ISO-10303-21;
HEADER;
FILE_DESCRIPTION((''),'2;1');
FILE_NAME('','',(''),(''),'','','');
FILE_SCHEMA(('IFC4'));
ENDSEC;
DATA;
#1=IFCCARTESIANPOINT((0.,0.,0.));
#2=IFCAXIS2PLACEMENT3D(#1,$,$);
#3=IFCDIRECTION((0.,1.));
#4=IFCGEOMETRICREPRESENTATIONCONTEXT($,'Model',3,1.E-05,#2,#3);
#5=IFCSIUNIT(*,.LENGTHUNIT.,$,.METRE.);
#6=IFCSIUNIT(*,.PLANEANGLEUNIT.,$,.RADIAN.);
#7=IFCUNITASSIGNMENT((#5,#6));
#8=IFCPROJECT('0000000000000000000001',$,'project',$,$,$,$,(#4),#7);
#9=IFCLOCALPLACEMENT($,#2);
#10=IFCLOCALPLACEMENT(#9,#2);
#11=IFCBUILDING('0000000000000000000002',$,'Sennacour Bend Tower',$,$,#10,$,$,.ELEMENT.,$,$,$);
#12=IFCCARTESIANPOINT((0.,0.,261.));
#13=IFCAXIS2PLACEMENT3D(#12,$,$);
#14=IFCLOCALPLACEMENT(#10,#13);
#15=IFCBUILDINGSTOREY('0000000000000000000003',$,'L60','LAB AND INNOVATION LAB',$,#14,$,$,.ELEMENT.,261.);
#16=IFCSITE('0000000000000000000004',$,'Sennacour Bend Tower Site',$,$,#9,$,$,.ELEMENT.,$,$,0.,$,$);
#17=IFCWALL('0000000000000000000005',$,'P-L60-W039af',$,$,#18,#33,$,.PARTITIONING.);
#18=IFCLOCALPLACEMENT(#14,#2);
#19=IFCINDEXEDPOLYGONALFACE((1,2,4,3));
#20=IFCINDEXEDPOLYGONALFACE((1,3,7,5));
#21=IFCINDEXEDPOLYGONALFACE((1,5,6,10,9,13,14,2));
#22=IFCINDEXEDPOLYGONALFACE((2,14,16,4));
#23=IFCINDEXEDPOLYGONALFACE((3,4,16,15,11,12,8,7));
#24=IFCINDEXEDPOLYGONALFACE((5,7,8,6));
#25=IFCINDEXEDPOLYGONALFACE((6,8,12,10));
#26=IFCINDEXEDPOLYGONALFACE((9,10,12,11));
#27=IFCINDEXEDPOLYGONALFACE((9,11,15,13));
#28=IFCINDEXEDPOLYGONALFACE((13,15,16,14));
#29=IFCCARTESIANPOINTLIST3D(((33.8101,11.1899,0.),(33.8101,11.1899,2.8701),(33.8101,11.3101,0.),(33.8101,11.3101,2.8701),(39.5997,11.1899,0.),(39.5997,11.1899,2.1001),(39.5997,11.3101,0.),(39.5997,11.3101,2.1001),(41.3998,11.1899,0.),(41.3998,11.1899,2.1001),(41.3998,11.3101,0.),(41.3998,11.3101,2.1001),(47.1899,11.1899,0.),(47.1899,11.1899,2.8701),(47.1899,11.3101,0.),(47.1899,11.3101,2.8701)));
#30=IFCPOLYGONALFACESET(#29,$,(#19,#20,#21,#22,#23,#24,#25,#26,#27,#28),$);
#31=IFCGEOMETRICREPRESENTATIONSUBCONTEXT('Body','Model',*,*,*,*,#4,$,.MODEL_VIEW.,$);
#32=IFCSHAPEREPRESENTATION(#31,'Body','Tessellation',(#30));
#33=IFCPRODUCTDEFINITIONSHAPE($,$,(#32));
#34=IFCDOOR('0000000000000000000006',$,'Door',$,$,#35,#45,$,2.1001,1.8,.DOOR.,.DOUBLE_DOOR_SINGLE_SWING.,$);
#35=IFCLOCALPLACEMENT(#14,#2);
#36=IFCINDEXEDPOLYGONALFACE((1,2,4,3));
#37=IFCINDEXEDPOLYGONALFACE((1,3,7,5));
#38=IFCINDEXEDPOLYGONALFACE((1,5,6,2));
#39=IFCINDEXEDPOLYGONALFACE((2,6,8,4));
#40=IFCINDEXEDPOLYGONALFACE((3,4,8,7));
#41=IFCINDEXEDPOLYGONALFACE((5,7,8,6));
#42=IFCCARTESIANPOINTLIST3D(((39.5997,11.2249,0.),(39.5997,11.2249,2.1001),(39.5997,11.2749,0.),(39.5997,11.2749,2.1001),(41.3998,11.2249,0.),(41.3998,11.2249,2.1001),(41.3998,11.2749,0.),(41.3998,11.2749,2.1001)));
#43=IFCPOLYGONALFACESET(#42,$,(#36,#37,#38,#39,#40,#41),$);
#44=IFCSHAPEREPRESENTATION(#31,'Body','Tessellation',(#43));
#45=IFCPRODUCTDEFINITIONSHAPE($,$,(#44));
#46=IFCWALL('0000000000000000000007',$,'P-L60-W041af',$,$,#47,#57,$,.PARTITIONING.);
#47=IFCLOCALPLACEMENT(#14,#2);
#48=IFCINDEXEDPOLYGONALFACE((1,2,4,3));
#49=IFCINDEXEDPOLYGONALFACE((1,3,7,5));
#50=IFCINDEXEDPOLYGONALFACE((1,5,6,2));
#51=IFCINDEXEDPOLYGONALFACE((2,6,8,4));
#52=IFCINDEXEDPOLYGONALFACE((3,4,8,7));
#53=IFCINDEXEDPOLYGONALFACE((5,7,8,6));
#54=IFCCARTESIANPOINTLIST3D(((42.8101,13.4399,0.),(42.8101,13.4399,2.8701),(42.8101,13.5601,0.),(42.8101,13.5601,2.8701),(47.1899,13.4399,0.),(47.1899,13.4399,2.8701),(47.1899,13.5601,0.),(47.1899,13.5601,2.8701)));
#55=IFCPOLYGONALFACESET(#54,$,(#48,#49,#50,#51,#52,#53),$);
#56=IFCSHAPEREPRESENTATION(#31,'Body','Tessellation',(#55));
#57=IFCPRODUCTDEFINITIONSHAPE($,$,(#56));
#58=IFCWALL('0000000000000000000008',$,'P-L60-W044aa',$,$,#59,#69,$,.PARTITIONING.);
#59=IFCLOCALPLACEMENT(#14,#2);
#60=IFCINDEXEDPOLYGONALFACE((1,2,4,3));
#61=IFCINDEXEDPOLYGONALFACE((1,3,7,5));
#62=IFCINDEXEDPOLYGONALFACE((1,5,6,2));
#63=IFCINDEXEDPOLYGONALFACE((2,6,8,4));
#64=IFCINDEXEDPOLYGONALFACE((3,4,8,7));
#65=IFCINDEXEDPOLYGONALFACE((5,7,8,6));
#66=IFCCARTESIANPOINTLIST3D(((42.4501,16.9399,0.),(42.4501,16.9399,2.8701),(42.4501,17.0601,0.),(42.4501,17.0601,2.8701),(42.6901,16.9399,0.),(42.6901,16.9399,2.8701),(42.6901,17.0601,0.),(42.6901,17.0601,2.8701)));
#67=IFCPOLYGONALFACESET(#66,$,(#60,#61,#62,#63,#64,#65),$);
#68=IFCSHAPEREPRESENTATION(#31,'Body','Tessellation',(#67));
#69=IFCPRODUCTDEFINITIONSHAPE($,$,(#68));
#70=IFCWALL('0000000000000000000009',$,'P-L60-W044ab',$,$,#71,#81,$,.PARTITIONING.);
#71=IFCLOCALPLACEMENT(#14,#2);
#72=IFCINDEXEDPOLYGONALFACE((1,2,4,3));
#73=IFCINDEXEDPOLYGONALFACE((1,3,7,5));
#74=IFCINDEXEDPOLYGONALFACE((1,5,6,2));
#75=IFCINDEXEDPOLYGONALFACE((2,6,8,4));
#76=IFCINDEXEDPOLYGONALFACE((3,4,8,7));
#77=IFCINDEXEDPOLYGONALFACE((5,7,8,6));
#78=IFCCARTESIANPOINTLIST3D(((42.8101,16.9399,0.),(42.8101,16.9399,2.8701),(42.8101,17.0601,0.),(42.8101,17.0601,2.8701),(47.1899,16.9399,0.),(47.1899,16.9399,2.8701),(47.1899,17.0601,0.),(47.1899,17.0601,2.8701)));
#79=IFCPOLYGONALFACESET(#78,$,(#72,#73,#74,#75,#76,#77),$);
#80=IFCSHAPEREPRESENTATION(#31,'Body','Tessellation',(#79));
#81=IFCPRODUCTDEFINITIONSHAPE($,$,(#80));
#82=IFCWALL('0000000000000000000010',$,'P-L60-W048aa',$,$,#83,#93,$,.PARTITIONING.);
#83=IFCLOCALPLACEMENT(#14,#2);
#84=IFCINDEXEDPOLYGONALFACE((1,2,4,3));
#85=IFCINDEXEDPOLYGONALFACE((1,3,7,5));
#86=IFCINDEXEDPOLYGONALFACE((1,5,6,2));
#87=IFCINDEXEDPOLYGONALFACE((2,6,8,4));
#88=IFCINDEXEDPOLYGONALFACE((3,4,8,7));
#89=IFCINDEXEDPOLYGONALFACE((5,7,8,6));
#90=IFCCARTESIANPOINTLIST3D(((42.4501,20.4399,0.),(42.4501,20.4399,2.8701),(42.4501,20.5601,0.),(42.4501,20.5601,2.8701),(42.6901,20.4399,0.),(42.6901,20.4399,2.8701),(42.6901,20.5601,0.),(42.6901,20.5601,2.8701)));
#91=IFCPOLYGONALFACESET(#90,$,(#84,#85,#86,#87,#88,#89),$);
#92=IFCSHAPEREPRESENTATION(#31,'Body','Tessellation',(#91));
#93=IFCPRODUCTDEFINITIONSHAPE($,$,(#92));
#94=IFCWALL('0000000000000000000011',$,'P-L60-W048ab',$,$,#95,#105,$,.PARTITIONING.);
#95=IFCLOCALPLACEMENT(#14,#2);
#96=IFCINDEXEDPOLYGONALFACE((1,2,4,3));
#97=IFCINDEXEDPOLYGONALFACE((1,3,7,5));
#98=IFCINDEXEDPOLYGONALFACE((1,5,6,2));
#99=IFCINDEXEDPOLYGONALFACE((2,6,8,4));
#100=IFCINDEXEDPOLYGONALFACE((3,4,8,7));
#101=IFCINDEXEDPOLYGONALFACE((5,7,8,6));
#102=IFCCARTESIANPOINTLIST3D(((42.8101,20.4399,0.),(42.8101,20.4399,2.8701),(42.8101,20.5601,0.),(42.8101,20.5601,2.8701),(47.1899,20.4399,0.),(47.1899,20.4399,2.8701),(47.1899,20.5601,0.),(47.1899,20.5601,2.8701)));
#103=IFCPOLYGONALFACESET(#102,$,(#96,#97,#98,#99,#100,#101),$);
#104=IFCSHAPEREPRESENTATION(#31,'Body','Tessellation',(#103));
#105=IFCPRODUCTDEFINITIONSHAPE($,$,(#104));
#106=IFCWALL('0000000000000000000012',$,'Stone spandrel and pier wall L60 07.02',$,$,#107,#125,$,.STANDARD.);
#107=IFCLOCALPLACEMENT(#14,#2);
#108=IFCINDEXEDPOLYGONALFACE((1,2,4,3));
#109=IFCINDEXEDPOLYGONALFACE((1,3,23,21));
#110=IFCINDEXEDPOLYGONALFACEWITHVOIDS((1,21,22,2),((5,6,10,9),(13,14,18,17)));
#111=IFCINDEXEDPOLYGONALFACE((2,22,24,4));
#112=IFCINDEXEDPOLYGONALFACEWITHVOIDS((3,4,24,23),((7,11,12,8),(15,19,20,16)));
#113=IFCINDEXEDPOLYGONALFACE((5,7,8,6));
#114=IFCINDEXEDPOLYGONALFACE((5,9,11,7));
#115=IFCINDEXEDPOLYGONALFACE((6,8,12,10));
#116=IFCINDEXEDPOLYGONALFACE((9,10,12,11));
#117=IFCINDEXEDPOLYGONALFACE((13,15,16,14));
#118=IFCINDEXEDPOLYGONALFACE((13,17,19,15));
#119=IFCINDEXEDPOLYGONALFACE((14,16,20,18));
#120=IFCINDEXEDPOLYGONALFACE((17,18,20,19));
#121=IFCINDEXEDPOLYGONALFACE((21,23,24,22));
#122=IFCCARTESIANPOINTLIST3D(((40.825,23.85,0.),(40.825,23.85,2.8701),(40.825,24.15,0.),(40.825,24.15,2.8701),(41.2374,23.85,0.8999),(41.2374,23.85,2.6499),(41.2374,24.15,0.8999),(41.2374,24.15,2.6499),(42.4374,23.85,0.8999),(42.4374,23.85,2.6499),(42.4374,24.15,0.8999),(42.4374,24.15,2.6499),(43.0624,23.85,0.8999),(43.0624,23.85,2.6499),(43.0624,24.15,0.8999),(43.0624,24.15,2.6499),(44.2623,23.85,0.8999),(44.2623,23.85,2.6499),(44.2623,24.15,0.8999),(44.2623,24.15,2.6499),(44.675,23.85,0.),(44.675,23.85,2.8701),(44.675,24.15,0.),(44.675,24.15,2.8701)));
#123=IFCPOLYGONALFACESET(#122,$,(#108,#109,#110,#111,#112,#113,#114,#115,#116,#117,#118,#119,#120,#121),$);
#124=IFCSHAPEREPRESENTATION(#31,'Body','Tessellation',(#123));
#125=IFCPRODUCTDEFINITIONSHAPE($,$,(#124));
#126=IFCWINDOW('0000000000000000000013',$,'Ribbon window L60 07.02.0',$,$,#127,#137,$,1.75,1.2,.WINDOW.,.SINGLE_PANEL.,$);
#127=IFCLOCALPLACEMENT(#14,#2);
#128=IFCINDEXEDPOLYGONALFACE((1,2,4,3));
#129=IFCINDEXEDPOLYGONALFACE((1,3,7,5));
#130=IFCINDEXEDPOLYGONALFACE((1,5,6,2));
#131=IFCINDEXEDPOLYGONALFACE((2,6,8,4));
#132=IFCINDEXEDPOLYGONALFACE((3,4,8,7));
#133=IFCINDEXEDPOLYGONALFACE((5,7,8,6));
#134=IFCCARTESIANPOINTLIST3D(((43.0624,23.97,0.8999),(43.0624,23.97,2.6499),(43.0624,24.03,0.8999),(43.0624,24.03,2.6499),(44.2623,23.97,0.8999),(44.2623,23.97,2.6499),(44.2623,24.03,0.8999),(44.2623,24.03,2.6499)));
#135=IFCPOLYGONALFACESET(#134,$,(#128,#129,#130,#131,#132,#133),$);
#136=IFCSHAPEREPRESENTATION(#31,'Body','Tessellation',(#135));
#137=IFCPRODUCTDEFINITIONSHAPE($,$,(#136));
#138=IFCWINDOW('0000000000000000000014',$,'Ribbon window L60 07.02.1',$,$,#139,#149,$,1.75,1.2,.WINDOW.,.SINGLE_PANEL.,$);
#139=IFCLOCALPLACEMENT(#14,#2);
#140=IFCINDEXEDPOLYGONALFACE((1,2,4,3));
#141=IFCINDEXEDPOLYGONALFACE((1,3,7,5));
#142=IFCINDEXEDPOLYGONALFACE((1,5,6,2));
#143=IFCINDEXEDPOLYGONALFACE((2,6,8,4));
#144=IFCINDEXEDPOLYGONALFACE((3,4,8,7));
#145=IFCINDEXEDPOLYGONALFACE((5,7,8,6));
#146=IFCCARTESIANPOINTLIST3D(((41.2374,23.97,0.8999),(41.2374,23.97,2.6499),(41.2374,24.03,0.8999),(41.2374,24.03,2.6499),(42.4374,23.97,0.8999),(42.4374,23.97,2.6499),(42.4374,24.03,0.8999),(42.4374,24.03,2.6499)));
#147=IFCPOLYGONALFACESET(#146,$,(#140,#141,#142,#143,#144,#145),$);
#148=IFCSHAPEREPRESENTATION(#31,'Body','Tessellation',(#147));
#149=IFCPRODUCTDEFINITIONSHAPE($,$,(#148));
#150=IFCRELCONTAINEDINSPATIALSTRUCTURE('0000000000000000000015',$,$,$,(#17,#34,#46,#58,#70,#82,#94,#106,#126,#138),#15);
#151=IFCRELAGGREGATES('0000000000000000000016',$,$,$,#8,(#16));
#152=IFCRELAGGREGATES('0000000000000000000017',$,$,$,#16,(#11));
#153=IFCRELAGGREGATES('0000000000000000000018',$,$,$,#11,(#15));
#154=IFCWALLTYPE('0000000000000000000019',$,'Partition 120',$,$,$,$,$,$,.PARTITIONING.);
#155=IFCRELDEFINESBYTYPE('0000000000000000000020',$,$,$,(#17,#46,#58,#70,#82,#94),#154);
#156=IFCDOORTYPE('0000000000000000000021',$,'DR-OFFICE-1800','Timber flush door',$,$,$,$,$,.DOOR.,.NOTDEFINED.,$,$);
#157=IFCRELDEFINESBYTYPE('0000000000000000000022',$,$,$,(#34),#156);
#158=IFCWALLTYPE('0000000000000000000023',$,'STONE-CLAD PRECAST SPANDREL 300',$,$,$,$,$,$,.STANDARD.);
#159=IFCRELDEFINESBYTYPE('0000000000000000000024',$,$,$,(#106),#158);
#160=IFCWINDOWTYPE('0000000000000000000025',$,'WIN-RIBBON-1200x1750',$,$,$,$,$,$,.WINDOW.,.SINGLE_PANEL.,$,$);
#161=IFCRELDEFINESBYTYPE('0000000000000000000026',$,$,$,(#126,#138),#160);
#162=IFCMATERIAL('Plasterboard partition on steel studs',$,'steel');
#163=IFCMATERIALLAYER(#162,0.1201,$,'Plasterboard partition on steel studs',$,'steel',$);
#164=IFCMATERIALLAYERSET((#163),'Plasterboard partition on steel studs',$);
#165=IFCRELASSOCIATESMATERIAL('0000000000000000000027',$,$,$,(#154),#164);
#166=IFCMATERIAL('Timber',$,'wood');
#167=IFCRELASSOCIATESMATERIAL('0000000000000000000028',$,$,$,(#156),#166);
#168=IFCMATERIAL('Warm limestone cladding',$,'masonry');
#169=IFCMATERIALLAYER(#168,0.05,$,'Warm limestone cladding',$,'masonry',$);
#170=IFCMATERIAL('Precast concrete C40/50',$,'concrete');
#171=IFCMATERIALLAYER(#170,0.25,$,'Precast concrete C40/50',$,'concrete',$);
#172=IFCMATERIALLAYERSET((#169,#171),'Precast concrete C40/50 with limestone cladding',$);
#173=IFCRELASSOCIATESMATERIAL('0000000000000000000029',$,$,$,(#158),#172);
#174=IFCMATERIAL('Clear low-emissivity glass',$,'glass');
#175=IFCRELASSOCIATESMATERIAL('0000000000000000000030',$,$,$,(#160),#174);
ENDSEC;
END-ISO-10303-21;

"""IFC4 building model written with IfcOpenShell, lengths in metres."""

from ifc_helpers import new_model, si_unit, direction, frame, frame_2d, origin, place, context, subcontext, project, spatial, rectangle, extrude, material, layer, layer_set, type_object, element, fill, save


model = new_model("IFC4")

# Units and contexts
model_context = context("Model", 3, precision=1e-05, world=origin(), true_north=direction((0.0, 1.0)))
body_context = subcontext(model_context, "Body", "Model", "MODEL_VIEW")
ifc_project = project(units=[si_unit("LENGTHUNIT", "METRE"), si_unit("PLANEANGLEUNIT", "RADIAN")], contexts=[model_context])

# Site, building, storey
site_placement = place(None, origin())
site = spatial("IfcSite", under=ifc_project, at=site_placement, Name="Sennacour Bend Tower Site", CompositionType="ELEMENT", RefElevation=0.0)
building_placement = place(site_placement, origin())
building = spatial("IfcBuilding", under=site, at=building_placement, Name="Sennacour Bend Tower", CompositionType="ELEMENT")
storey_placement = place(building_placement, frame((0.0, 0.0, 261.0)))
storey = spatial("IfcBuildingStorey", under=building, at=storey_placement, Name="L60", Description="LAB AND INNOVATION LAB", CompositionType="ELEMENT", Elevation=261.0)

# Shared definitions
ifc_material_1 = material(Name="Plasterboard partition on steel studs", Category="steel")
ifc_layer_1 = layer(ifc_material_1, 0.1201, Name="Plasterboard partition on steel studs", Category="steel")
ifc_layer_set_1 = layer_set([ifc_layer_1], Name="Plasterboard partition on steel studs")
wall_type_1 = type_object("IfcWallType", Name="Partition 120", PredefinedType="PARTITIONING", material=ifc_layer_set_1)

# Wall, opening, door
wall_1_placement = place(storey_placement, frame((33.8101, 11.25, 0.0), z_axis=(0.0, 0.0, 1.0), x_axis=(1.0, 0.0, 0.0)))
wall_1 = element("IfcWall", 1, at=wall_1_placement, inside=storey, type_object=wall_type_1, Name="P-L60-W039af", PredefinedType="PARTITIONING", context=body_context, shape_type="SweptSolid", body=[
    extrude(rectangle(XDim=13.3799, YDim=0.1201, at=frame_2d((6.6899, 0.0))), origin(), (0.0, 0.0, 1.0), 2.8701),
])
opening_1_placement = place(wall_1_placement, frame((5.7898, 0.0, 0.0)))
opening_1 = element("IfcOpeningElement", 2, at=opening_1_placement, cuts=wall_1, PredefinedType="OPENING", context=body_context, shape_type="SweptSolid", body=[
    extrude(rectangle(XDim=1.8, YDim=2.1001, at=frame_2d((0.8999, 1.05))), frame((0.0, 0.0701, 0.0), z_axis=(0.0, -1.0, 0.0), x_axis=(1.0, 0.0, 0.0)), (0.0, 0.0, 1.0), 0.1401),
])
ifc_material_2 = material(Name="Timber", Category="wood")
door_type = type_object("IfcDoorType", Name="DR-OFFICE-1800", Description="Timber flush door", OperationType="NOTDEFINED", PredefinedType="DOOR", material=ifc_material_2)
door_placement = place(opening_1_placement, origin())
door = element("IfcDoor", 3, at=door_placement, inside=storey, type_object=door_type, Name="Door", OperationType="DOUBLE_DOOR_SINGLE_SWING", OverallHeight=2.1001, OverallWidth=1.8, PredefinedType="DOOR", context=body_context, shape_type="SweptSolid", body=[
    extrude(rectangle(XDim=1.8, YDim=2.1001, at=frame_2d((0.8999, 1.05))), frame((0.0, 0.0249, 0.0), z_axis=(0.0, -1.0, 0.0), x_axis=(1.0, 0.0, 0.0)), (0.0, 0.0, 1.0), 0.05),
])
fill(opening_1, door)

# Walls
wall_2_placement = place(storey_placement, frame((42.8101, 13.5, 0.0), z_axis=(0.0, 0.0, 1.0), x_axis=(1.0, 0.0, 0.0)))
element("IfcWall", 4, at=wall_2_placement, inside=storey, type_object=wall_type_1, Name="P-L60-W041af", PredefinedType="PARTITIONING", context=body_context, shape_type="SweptSolid", body=[
    extrude(rectangle(XDim=4.3799, YDim=0.1201, at=frame_2d((2.1899, 0.0))), origin(), (0.0, 0.0, 1.0), 2.8701),
])
wall_3_placement = place(storey_placement, frame((42.45, 17.0, 0.0), z_axis=(0.0, 0.0, 1.0), x_axis=(1.0, 0.0, 0.0)))
element("IfcWall", 5, at=wall_3_placement, inside=storey, type_object=wall_type_1, Name="P-L60-W044aa", PredefinedType="PARTITIONING", context=body_context, shape_type="SweptSolid", body=[
    extrude(rectangle(XDim=0.24, YDim=0.1201, at=frame_2d((0.1201, 0.0))), origin(), (0.0, 0.0, 1.0), 2.8701),
])
wall_4_placement = place(storey_placement, frame((42.8101, 17.0, 0.0), z_axis=(0.0, 0.0, 1.0), x_axis=(1.0, 0.0, 0.0)))
element("IfcWall", 6, at=wall_4_placement, inside=storey, type_object=wall_type_1, Name="P-L60-W044ab", PredefinedType="PARTITIONING", context=body_context, shape_type="SweptSolid", body=[
    extrude(rectangle(XDim=4.3799, YDim=0.1201, at=frame_2d((2.1899, 0.0))), origin(), (0.0, 0.0, 1.0), 2.8701),
])
wall_5_placement = place(storey_placement, frame((42.45, 20.5, 0.0), z_axis=(0.0, 0.0, 1.0), x_axis=(1.0, 0.0, 0.0)))
element("IfcWall", 7, at=wall_5_placement, inside=storey, type_object=wall_type_1, Name="P-L60-W048aa", PredefinedType="PARTITIONING", context=body_context, shape_type="SweptSolid", body=[
    extrude(rectangle(XDim=0.24, YDim=0.1201, at=frame_2d((0.1201, 0.0))), origin(), (0.0, 0.0, 1.0), 2.8701),
])
wall_6_placement = place(storey_placement, frame((42.8101, 20.5, 0.0), z_axis=(0.0, 0.0, 1.0), x_axis=(1.0, 0.0, 0.0)))
element("IfcWall", 8, at=wall_6_placement, inside=storey, type_object=wall_type_1, Name="P-L60-W048ab", PredefinedType="PARTITIONING", context=body_context, shape_type="SweptSolid", body=[
    extrude(rectangle(XDim=4.3799, YDim=0.1201, at=frame_2d((2.1899, 0.0))), origin(), (0.0, 0.0, 1.0), 2.8701),
])

# Wall, openings, windows
ifc_material_3 = material(Name="Warm limestone cladding", Category="masonry")
ifc_layer_2 = layer(ifc_material_3, 0.05, Name="Warm limestone cladding", Category="masonry")
ifc_material_4 = material(Name="Precast concrete C40/50", Category="concrete")
ifc_layer_3 = layer(ifc_material_4, 0.25, Name="Precast concrete C40/50", Category="concrete")
ifc_layer_set_2 = layer_set([ifc_layer_2, ifc_layer_3], Name="Precast concrete C40/50 with limestone cladding")
wall_type_2 = type_object("IfcWallType", Name="STONE-CLAD PRECAST SPANDREL 300", PredefinedType="STANDARD", material=ifc_layer_set_2)
wall_7_placement = place(storey_placement, frame((44.675, 24.0, 0.0), z_axis=(0.0, 0.0, 1.0), x_axis=(-1.0, 0.0, 0.0)))
wall_7 = element("IfcWall", 9, at=wall_7_placement, inside=storey, type_object=wall_type_2, Name="Stone spandrel and pier wall L60 07.02", PredefinedType="STANDARD", context=body_context, shape_type="SweptSolid", body=[
    extrude(rectangle(XDim=3.8501, YDim=0.3, at=frame_2d((1.925, 0.0))), origin(), (0.0, 0.0, 1.0), 2.8701),
])
opening_2_placement = place(wall_7_placement, frame((0.4126, 0.0, 0.8999)))
opening_2 = element("IfcOpeningElement", 10, at=opening_2_placement, cuts=wall_7, PredefinedType="OPENING", context=body_context, shape_type="SweptSolid", body=[
    extrude(rectangle(XDim=1.2, YDim=1.75, at=frame_2d((0.6001, 0.875))), frame((0.0, 0.1602, 0.0), z_axis=(0.0, -1.0, 0.0), x_axis=(1.0, 0.0, 0.0)), (0.0, 0.0, 1.0), 0.3201),
])
opening_3_placement = place(wall_7_placement, frame((2.2375, 0.0, 0.8999)))
opening_3 = element("IfcOpeningElement", 11, at=opening_3_placement, cuts=wall_7, PredefinedType="OPENING", context=body_context, shape_type="SweptSolid", body=[
    extrude(rectangle(XDim=1.2, YDim=1.75, at=frame_2d((0.6001, 0.875))), frame((0.0, 0.1602, 0.0), z_axis=(0.0, -1.0, 0.0), x_axis=(1.0, 0.0, 0.0)), (0.0, 0.0, 1.0), 0.3201),
])
ifc_material_5 = material(Name="Clear low-emissivity glass", Category="glass")
window_type = type_object("IfcWindowType", Name="WIN-RIBBON-1200x1750", PartitioningType="SINGLE_PANEL", PredefinedType="WINDOW", material=ifc_material_5)
window_1_placement = place(opening_2_placement, origin())
window_1 = element("IfcWindow", 12, at=window_1_placement, inside=storey, type_object=window_type, Name="Ribbon window L60 07.02.0", OverallHeight=1.75, OverallWidth=1.2, PartitioningType="SINGLE_PANEL", PredefinedType="WINDOW", context=body_context, shape_type="SweptSolid", body=[
    extrude(rectangle(XDim=1.2, YDim=1.75, at=frame_2d((0.6001, 0.875))), frame((0.0, 0.03, 0.0), z_axis=(0.0, -1.0, 0.0), x_axis=(1.0, 0.0, 0.0)), (0.0, 0.0, 1.0), 0.0601),
])
fill(opening_2, window_1)
window_2_placement = place(opening_3_placement, origin())
window_2 = element("IfcWindow", 13, at=window_2_placement, inside=storey, type_object=window_type, Name="Ribbon window L60 07.02.1", OverallHeight=1.75, OverallWidth=1.2, PartitioningType="SINGLE_PANEL", PredefinedType="WINDOW", context=body_context, shape_type="SweptSolid", body=[
    extrude(rectangle(XDim=1.2, YDim=1.75, at=frame_2d((0.6001, 0.875))), frame((0.0, 0.03, 0.0), z_axis=(0.0, -1.0, 0.0), x_axis=(1.0, 0.0, 0.0)), (0.0, 0.0, 1.0), 0.0601),
])
fill(opening_3, window_2)

save(model, "model.ifc")
